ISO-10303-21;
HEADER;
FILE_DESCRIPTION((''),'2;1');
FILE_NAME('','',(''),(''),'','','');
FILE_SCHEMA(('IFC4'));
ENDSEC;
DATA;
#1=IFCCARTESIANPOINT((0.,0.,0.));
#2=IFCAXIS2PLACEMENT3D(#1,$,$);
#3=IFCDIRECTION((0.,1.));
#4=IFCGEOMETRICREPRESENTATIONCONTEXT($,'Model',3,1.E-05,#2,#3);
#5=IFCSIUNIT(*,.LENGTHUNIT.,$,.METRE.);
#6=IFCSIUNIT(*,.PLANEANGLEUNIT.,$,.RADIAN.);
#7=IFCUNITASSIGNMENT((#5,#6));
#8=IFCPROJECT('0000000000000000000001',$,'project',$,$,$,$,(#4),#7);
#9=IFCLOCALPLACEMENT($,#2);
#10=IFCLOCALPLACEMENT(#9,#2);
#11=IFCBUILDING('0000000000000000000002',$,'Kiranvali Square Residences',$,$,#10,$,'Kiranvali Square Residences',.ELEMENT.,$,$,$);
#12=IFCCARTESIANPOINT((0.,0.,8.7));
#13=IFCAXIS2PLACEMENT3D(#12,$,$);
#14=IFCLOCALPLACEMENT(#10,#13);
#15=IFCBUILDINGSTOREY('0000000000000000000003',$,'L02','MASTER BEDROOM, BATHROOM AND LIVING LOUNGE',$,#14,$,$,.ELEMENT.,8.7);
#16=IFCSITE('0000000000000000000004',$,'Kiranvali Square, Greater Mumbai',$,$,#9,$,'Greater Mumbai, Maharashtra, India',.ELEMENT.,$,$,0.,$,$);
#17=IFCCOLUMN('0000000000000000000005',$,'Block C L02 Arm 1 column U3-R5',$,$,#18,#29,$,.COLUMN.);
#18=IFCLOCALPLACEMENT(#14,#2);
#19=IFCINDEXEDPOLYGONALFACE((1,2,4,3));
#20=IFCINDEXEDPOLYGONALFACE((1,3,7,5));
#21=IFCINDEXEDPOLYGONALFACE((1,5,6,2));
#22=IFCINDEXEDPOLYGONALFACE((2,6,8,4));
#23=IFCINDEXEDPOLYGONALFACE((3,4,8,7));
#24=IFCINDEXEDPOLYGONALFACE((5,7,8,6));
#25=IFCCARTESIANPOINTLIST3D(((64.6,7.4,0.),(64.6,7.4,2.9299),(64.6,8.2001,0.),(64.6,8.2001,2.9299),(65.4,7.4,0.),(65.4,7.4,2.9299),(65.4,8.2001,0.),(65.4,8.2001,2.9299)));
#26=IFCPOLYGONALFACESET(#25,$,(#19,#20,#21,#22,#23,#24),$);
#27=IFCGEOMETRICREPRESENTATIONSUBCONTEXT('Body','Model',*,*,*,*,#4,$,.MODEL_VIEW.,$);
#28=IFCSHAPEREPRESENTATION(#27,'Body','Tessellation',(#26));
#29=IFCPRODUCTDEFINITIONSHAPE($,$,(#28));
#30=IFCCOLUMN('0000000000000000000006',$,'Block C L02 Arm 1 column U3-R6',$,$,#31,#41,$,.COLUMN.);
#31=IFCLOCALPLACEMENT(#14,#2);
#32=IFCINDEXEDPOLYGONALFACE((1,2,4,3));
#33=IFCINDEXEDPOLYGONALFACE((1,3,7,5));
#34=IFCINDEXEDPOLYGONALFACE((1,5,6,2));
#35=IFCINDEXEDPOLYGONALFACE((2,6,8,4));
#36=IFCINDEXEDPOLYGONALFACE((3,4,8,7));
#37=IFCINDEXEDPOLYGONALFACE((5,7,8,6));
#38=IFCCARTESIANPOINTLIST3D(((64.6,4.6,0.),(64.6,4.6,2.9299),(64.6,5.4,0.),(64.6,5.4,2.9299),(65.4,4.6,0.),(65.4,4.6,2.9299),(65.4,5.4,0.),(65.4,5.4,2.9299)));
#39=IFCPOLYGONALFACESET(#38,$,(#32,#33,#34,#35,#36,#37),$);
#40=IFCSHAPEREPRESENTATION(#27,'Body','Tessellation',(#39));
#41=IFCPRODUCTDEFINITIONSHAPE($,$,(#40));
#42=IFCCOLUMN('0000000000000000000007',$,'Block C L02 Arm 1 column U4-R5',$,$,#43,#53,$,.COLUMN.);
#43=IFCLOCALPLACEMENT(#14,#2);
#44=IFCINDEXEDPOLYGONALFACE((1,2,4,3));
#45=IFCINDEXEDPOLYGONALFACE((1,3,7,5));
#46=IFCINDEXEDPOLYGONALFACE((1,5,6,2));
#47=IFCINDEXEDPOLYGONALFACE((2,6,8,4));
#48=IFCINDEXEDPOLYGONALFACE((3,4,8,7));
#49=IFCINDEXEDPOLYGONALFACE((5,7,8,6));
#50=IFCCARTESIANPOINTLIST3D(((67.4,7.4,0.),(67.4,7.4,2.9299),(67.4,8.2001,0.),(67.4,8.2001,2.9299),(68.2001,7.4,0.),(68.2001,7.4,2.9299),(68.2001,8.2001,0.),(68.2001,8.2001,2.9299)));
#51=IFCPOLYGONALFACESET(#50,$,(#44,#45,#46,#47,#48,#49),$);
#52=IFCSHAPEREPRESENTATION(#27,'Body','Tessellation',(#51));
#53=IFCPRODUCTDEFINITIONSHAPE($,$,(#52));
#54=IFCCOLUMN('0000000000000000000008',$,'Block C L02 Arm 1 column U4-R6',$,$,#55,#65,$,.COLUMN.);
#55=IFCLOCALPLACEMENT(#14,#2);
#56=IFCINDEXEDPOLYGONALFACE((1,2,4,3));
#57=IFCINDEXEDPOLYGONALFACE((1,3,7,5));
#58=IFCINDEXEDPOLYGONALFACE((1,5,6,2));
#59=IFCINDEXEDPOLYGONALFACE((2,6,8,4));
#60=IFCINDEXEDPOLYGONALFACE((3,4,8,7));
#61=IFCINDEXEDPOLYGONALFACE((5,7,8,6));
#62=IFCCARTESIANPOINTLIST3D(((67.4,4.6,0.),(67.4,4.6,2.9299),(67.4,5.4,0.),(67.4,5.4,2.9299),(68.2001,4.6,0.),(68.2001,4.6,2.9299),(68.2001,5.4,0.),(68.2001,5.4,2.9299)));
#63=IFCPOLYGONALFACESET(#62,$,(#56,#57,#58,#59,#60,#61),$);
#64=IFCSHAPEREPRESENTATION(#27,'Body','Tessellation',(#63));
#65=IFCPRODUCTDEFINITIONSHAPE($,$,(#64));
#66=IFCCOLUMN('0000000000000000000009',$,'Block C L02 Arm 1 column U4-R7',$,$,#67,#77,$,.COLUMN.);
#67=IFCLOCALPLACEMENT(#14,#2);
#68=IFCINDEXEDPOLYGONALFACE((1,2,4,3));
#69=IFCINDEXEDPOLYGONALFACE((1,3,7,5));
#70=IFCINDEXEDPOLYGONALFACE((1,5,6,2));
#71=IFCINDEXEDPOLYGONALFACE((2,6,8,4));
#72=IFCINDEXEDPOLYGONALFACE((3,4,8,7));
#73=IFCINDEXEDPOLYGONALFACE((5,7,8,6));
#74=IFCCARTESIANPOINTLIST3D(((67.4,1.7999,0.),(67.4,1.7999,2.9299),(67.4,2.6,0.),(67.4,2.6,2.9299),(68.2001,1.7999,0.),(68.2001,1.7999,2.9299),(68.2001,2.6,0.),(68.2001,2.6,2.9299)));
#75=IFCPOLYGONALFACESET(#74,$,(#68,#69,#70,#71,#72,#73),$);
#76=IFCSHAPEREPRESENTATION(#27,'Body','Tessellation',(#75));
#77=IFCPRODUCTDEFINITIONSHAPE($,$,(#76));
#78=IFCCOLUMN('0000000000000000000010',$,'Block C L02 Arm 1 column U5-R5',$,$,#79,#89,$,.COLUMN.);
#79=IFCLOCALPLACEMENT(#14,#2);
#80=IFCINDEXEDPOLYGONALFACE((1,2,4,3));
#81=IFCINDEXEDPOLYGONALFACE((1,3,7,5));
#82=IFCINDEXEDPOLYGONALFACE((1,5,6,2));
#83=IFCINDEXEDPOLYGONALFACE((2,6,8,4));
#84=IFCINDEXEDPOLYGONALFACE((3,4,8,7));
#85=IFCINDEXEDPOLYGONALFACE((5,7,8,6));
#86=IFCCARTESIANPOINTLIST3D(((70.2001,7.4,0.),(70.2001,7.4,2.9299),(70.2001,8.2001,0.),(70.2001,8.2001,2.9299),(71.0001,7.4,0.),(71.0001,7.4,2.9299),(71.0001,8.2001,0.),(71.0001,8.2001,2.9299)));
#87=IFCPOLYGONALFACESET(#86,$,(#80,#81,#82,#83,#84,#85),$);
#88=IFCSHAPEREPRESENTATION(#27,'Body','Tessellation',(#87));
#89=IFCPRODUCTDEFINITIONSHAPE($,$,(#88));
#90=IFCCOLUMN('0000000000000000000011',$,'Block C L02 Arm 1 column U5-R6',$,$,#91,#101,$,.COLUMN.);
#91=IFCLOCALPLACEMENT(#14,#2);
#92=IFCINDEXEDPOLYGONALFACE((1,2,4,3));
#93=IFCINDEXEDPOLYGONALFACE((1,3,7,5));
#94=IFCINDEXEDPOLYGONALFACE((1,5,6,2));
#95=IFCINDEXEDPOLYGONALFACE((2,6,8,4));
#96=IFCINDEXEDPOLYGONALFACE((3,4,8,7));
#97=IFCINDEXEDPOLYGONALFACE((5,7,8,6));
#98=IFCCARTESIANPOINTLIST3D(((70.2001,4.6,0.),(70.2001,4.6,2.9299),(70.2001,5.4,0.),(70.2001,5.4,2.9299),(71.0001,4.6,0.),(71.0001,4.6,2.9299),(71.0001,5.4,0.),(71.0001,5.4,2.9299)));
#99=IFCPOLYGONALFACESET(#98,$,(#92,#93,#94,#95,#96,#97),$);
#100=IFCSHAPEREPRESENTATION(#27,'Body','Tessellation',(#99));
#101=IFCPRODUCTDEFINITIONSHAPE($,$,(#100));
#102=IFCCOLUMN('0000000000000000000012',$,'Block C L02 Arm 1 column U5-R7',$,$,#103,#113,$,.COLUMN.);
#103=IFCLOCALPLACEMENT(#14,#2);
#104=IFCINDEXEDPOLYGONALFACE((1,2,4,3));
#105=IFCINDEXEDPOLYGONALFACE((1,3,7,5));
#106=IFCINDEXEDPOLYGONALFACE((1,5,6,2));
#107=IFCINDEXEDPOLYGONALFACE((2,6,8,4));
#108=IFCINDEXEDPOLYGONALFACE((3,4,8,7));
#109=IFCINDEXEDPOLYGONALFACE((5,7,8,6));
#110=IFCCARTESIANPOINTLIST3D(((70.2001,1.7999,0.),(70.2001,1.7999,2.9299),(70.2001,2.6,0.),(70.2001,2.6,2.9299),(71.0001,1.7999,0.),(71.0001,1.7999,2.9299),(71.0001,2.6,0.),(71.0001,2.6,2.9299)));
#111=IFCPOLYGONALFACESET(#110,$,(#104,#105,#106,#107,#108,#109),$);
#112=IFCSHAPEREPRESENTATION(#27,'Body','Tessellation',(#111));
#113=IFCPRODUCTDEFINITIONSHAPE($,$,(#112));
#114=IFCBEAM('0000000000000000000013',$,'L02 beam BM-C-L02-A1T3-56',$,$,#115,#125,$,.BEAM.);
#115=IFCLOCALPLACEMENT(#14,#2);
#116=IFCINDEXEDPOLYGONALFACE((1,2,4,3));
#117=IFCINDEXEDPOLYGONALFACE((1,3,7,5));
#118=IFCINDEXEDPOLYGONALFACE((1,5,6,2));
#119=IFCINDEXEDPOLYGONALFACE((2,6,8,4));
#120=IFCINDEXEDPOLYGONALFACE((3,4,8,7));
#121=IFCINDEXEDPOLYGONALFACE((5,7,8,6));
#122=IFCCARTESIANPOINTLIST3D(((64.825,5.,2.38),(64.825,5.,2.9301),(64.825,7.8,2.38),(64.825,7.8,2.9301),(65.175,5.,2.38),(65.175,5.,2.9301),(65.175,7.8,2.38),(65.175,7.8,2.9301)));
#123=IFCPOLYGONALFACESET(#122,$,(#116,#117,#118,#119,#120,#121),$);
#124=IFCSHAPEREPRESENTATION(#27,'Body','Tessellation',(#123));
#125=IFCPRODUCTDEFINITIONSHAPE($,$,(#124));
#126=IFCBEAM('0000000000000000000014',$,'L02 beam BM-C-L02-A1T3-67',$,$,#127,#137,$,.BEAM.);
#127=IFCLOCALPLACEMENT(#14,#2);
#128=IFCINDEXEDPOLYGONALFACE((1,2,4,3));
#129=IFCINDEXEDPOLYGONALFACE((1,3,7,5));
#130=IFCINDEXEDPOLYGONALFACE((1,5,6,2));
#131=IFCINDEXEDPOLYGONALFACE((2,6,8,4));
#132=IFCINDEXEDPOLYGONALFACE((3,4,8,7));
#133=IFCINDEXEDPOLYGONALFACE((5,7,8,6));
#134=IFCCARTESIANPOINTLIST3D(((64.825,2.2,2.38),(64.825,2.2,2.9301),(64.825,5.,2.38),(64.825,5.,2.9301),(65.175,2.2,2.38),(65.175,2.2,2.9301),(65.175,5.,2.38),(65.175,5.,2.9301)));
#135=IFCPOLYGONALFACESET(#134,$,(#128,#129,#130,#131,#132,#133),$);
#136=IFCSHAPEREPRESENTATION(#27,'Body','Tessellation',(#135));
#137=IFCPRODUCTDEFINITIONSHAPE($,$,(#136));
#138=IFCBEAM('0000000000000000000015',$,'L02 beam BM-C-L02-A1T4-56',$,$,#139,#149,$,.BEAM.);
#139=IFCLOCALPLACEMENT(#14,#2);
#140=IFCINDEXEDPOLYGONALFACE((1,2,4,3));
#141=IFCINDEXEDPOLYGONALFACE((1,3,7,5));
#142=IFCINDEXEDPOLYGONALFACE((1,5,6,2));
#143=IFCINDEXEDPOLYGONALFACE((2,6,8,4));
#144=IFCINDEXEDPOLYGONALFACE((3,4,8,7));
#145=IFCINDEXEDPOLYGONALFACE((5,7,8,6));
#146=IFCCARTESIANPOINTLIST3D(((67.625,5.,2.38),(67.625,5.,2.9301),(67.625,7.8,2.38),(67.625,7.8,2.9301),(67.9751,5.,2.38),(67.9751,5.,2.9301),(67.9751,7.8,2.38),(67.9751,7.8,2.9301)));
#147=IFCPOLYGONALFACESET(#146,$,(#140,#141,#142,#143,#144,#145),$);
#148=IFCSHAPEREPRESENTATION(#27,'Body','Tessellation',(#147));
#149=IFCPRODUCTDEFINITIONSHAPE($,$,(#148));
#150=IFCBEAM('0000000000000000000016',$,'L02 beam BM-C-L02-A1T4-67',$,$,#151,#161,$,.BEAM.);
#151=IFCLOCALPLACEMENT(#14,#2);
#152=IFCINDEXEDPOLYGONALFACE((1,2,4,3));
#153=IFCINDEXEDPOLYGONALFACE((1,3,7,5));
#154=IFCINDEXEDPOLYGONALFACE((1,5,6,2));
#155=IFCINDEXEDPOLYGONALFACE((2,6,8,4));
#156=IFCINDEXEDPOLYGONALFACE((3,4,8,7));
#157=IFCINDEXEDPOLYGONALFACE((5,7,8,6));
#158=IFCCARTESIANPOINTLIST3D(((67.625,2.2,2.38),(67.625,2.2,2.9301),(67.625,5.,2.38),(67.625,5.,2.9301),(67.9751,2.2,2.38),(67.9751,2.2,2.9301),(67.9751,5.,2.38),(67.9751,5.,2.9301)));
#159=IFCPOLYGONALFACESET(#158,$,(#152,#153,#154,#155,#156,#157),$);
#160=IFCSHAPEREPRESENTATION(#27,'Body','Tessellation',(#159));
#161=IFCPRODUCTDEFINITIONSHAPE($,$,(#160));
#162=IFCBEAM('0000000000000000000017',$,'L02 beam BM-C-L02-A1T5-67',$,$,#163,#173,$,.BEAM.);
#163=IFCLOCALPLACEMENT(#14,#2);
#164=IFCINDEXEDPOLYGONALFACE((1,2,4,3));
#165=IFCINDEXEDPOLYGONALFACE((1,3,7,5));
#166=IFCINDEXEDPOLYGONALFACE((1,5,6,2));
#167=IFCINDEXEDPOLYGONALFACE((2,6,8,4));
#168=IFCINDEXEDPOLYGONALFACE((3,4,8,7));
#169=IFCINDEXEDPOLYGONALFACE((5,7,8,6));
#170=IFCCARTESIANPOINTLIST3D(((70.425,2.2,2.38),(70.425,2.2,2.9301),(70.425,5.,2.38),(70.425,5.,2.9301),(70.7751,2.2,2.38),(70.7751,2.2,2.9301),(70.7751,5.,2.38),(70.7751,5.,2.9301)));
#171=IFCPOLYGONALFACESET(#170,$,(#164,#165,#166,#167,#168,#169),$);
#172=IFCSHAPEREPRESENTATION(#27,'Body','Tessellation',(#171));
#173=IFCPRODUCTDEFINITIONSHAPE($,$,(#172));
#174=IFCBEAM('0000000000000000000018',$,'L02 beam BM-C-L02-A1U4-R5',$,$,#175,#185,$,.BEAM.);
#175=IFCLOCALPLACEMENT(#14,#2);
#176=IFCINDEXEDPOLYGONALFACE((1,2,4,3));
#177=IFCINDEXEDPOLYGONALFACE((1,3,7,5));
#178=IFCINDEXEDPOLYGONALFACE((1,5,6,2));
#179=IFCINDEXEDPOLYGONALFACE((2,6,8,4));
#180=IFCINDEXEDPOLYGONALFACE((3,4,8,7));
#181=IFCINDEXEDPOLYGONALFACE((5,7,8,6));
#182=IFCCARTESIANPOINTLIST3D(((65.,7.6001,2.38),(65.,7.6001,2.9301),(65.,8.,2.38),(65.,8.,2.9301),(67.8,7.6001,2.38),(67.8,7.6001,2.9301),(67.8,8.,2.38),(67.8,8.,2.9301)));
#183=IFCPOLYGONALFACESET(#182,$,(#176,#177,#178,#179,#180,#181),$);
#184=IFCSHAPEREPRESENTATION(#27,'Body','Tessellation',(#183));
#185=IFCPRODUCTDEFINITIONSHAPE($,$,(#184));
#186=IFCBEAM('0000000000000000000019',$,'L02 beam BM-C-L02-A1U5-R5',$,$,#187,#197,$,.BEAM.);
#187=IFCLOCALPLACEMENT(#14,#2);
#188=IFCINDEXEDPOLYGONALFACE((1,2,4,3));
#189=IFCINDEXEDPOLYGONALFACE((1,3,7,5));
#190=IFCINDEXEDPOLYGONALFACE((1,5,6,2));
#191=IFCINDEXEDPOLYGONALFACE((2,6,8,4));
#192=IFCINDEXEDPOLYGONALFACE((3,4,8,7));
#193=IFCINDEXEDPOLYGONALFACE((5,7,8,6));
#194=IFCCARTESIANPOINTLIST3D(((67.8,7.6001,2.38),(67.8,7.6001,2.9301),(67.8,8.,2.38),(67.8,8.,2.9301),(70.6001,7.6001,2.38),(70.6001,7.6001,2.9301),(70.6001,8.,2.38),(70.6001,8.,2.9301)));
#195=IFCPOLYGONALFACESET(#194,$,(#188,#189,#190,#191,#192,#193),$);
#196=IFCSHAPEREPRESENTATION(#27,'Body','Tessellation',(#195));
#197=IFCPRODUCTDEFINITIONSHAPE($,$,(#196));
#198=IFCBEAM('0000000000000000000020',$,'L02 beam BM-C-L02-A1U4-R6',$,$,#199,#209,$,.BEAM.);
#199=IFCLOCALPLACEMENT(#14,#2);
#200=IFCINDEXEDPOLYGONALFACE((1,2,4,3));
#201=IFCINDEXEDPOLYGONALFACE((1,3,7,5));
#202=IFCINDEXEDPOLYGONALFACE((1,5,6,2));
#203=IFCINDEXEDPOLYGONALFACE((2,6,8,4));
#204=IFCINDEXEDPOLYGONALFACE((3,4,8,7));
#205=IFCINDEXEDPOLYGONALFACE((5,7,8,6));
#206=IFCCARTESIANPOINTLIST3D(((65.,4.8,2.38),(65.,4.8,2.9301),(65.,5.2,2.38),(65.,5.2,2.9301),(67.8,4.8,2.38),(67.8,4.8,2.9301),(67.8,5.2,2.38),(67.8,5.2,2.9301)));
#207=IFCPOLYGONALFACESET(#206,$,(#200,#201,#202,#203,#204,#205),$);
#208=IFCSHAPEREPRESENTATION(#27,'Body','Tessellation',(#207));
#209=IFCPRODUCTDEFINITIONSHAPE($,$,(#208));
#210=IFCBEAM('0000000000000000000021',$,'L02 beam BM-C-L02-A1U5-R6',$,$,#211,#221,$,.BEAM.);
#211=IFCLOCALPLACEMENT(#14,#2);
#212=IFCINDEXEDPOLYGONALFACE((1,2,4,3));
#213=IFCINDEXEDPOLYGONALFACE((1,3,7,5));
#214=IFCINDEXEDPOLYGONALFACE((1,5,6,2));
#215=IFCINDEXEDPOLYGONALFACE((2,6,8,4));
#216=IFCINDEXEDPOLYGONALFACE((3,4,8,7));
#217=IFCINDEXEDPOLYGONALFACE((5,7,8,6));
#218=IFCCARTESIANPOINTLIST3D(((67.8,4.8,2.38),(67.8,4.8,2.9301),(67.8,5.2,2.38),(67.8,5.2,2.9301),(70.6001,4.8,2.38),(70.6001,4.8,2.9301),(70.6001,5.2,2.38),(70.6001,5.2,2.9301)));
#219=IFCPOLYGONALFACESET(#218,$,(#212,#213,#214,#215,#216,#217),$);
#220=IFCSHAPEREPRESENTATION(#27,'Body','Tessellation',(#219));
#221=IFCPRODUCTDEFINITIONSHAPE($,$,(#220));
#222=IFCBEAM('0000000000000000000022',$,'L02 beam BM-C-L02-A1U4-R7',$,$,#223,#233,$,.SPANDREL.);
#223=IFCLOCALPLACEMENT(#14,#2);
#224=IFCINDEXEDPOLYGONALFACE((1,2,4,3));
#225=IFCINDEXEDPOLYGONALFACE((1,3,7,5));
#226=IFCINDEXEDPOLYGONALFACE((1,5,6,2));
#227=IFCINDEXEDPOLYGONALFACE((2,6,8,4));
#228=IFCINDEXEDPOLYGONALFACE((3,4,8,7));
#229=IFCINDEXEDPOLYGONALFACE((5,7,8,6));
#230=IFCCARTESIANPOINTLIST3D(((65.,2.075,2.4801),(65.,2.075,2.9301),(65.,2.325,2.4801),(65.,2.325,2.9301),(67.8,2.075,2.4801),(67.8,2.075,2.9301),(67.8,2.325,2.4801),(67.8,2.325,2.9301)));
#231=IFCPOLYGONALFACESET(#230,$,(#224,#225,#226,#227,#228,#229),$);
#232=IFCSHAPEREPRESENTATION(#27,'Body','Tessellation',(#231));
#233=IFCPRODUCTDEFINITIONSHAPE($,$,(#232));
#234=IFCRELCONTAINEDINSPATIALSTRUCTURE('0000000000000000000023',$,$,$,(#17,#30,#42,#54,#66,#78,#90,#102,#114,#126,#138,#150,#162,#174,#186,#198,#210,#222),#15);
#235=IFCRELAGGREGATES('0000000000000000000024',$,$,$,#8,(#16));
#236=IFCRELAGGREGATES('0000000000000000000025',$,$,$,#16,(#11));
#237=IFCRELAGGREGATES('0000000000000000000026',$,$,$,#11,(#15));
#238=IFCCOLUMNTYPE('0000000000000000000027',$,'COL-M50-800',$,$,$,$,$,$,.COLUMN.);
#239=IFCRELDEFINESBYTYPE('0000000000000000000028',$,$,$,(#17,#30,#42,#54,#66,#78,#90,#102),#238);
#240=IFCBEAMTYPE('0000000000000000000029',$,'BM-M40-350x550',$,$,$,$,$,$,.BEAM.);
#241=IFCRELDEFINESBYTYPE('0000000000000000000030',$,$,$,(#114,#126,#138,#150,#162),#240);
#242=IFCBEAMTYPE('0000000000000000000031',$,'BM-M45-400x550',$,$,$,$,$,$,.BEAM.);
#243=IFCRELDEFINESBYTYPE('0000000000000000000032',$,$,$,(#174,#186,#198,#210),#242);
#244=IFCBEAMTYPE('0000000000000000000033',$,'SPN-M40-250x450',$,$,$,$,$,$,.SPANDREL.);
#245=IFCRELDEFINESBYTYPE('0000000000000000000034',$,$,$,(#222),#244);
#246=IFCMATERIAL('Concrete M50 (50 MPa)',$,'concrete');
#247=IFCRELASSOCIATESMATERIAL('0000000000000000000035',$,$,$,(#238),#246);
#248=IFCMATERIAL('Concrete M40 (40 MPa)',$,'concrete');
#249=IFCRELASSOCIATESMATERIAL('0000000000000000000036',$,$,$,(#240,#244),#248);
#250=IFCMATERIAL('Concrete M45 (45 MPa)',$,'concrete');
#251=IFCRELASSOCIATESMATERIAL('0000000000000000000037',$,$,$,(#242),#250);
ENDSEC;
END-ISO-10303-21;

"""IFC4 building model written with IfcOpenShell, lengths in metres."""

from ifc_helpers import new_model, si_unit, direction, frame, origin, origin_2d, place, context, subcontext, project, spatial, rectangle, extrude, material, material_profile, profile_set, type_object, element, save


model = new_model("IFC4")

# Units and contexts
model_context = context("Model", 3, precision=1e-05, world=origin(), true_north=direction((0.0, 1.0)))
body_context = subcontext(model_context, "Body", "Model", "MODEL_VIEW")
ifc_project = project(units=[si_unit("LENGTHUNIT", "METRE"), si_unit("PLANEANGLEUNIT", "RADIAN")], contexts=[model_context])

# Site, building, storey
site_placement = place(None, origin())
site = spatial("IfcSite", under=ifc_project, at=site_placement, Name="Kiranvali Square, Greater Mumbai", LongName="Greater Mumbai, Maharashtra, India", CompositionType="ELEMENT", RefElevation=0.0)
building_placement = place(site_placement, origin())
building = spatial("IfcBuilding", under=site, at=building_placement, Name="Kiranvali Square Residences", LongName="Kiranvali Square Residences", CompositionType="ELEMENT")
storey_placement = place(building_placement, frame((0.0, 0.0, 8.7)))
storey = spatial("IfcBuildingStorey", under=building, at=storey_placement, Name="L02", Description="MASTER BEDROOM, BATHROOM AND LIVING LOUNGE", CompositionType="ELEMENT", Elevation=8.7)

# Columns
ifc_material_1 = material(Name="Concrete M50 (50 MPa)", Category="concrete")
ifc_material_profile_1 = material_profile(ifc_material_1, rectangle(XDim=0.8, YDim=0.8, at=origin_2d()), Name="RC 800x800")
ifc_profile_set_1 = profile_set([ifc_material_profile_1], Name="Concrete M50 (50 MPa)")
column_type = type_object("IfcColumnType", Name="COL-M50-800", PredefinedType="COLUMN", material=ifc_profile_set_1)
for number, where, z_axis, x_axis, name in (
    (1, (65.0, 7.8, 0.0), (0.0, 0.0, 1.0), (1.0, 0.0, 0.0), "Block C L02 Arm 1 column U3-R5"),
    (2, (65.0, 5.0, 0.0), (0.0, 0.0, 1.0), (1.0, 0.0, 0.0), "Block C L02 Arm 1 column U3-R6"),
    (3, (67.8, 7.8, 0.0), (0.0, 0.0, 1.0), (1.0, 0.0, 0.0), "Block C L02 Arm 1 column U4-R5"),
    (4, (67.8, 5.0, 0.0), (0.0, 0.0, 1.0), (1.0, 0.0, 0.0), "Block C L02 Arm 1 column U4-R6"),
    (5, (67.8, 2.2, 0.0), (0.0, 0.0, 1.0), (1.0, 0.0, 0.0), "Block C L02 Arm 1 column U4-R7"),
    (6, (70.6001, 7.8, 0.0), (0.0, 0.0, 1.0), (1.0, 0.0, 0.0), "Block C L02 Arm 1 column U5-R5"),
    (7, (70.6001, 5.0, 0.0), (0.0, 0.0, 1.0), (1.0, 0.0, 0.0), "Block C L02 Arm 1 column U5-R6"),
    (8, (70.6001, 2.2, 0.0), (0.0, 0.0, 1.0), (1.0, 0.0, 0.0), "Block C L02 Arm 1 column U5-R7"),
):
    element("IfcColumn", number, at=place(storey_placement, frame(where, z_axis=z_axis, x_axis=x_axis)), inside=storey, type_object=column_type, Name=name, PredefinedType="COLUMN", context=body_context, shape_type="SweptSolid", body=[
        extrude(rectangle(XDim=0.8, YDim=0.8, at=origin_2d()), origin(), (0.0, 0.0, 1.0), 2.9299),
    ])

# Beams
ifc_material_2 = material(Name="Concrete M40 (40 MPa)", Category="concrete")
ifc_material_profile_2 = material_profile(ifc_material_2, rectangle(XDim=0.3501, YDim=0.55, at=origin_2d()), Name="RC 350x550")
ifc_profile_set_2 = profile_set([ifc_material_profile_2], Name="Concrete M40 (40 MPa)")
beam_type_1 = type_object("IfcBeamType", Name="BM-M40-350x550", PredefinedType="BEAM", material=ifc_profile_set_2)
for number, where, z_axis, x_axis, name in (
    (9, (65.0, 7.8, 2.655), (0.0, -1.0, 0.0), (1.0, 0.0, 0.0), "L02 beam BM-C-L02-A1T3-56"),
    (10, (65.0, 5.0, 2.655), (0.0, -1.0, 0.0), (1.0, 0.0, 0.0), "L02 beam BM-C-L02-A1T3-67"),
    (11, (67.8, 7.8, 2.655), (0.0, -1.0, 0.0), (1.0, 0.0, 0.0), "L02 beam BM-C-L02-A1T4-56"),
    (12, (67.8, 5.0, 2.655), (0.0, -1.0, 0.0), (1.0, 0.0, 0.0), "L02 beam BM-C-L02-A1T4-67"),
    (13, (70.6001, 5.0, 2.655), (0.0, -1.0, 0.0), (1.0, 0.0, 0.0), "L02 beam BM-C-L02-A1T5-67"),
):
    element("IfcBeam", number, at=place(storey_placement, frame(where, z_axis=z_axis, x_axis=x_axis)), inside=storey, type_object=beam_type_1, Name=name, PredefinedType="BEAM", context=body_context, shape_type="SweptSolid", body=[
        extrude(rectangle(XDim=0.3501, YDim=0.55, at=origin_2d()), origin(), (0.0, 0.0, 1.0), 2.8),
    ])
ifc_material_3 = material(Name="Concrete M45 (45 MPa)", Category="concrete")
ifc_material_profile_3 = material_profile(ifc_material_3, rectangle(XDim=0.3999, YDim=0.55, at=origin_2d()), Name="RC 400x550")
ifc_profile_set_3 = profile_set([ifc_material_profile_3], Name="Concrete M45 (45 MPa)")
beam_type_2 = type_object("IfcBeamType", Name="BM-M45-400x550", PredefinedType="BEAM", material=ifc_profile_set_3)
for number, where, z_axis, x_axis, name in (
    (14, (65.0, 7.8, 2.655), (1.0, 0.0, 0.0), (0.0, 1.0, 0.0), "L02 beam BM-C-L02-A1U4-R5"),
    (15, (67.8, 7.8, 2.655), (1.0, 0.0, 0.0), (0.0, 1.0, 0.0), "L02 beam BM-C-L02-A1U5-R5"),
    (16, (65.0, 5.0, 2.655), (1.0, 0.0, 0.0), (0.0, 1.0, 0.0), "L02 beam BM-C-L02-A1U4-R6"),
    (17, (67.8, 5.0, 2.655), (1.0, 0.0, 0.0), (0.0, 1.0, 0.0), "L02 beam BM-C-L02-A1U5-R6"),
):
    element("IfcBeam", number, at=place(storey_placement, frame(where, z_axis=z_axis, x_axis=x_axis)), inside=storey, type_object=beam_type_2, Name=name, PredefinedType="BEAM", context=body_context, shape_type="SweptSolid", body=[
        extrude(rectangle(XDim=0.3999, YDim=0.55, at=origin_2d()), origin(), (0.0, 0.0, 1.0), 2.8),
    ])
ifc_material_profile_4 = material_profile(ifc_material_2, rectangle(XDim=0.25, YDim=0.45, at=origin_2d()), Name="RC 250x450")
ifc_profile_set_4 = profile_set([ifc_material_profile_4], Name="Concrete M40 (40 MPa)")
beam_type_3 = type_object("IfcBeamType", Name="SPN-M40-250x450", PredefinedType="SPANDREL", material=ifc_profile_set_4)
for number, where, z_axis, x_axis, name in (
    (18, (65.0, 2.2, 2.7051), (1.0, 0.0, 0.0), (0.0, 1.0, 0.0), "L02 beam BM-C-L02-A1U4-R7"),
):
    element("IfcBeam", number, at=place(storey_placement, frame(where, z_axis=z_axis, x_axis=x_axis)), inside=storey, type_object=beam_type_3, Name=name, PredefinedType="SPANDREL", context=body_context, shape_type="SweptSolid", body=[
        extrude(rectangle(XDim=0.25, YDim=0.45, at=origin_2d()), origin(), (0.0, 0.0, 1.0), 2.8),
    ])

save(model, "model.ifc")
